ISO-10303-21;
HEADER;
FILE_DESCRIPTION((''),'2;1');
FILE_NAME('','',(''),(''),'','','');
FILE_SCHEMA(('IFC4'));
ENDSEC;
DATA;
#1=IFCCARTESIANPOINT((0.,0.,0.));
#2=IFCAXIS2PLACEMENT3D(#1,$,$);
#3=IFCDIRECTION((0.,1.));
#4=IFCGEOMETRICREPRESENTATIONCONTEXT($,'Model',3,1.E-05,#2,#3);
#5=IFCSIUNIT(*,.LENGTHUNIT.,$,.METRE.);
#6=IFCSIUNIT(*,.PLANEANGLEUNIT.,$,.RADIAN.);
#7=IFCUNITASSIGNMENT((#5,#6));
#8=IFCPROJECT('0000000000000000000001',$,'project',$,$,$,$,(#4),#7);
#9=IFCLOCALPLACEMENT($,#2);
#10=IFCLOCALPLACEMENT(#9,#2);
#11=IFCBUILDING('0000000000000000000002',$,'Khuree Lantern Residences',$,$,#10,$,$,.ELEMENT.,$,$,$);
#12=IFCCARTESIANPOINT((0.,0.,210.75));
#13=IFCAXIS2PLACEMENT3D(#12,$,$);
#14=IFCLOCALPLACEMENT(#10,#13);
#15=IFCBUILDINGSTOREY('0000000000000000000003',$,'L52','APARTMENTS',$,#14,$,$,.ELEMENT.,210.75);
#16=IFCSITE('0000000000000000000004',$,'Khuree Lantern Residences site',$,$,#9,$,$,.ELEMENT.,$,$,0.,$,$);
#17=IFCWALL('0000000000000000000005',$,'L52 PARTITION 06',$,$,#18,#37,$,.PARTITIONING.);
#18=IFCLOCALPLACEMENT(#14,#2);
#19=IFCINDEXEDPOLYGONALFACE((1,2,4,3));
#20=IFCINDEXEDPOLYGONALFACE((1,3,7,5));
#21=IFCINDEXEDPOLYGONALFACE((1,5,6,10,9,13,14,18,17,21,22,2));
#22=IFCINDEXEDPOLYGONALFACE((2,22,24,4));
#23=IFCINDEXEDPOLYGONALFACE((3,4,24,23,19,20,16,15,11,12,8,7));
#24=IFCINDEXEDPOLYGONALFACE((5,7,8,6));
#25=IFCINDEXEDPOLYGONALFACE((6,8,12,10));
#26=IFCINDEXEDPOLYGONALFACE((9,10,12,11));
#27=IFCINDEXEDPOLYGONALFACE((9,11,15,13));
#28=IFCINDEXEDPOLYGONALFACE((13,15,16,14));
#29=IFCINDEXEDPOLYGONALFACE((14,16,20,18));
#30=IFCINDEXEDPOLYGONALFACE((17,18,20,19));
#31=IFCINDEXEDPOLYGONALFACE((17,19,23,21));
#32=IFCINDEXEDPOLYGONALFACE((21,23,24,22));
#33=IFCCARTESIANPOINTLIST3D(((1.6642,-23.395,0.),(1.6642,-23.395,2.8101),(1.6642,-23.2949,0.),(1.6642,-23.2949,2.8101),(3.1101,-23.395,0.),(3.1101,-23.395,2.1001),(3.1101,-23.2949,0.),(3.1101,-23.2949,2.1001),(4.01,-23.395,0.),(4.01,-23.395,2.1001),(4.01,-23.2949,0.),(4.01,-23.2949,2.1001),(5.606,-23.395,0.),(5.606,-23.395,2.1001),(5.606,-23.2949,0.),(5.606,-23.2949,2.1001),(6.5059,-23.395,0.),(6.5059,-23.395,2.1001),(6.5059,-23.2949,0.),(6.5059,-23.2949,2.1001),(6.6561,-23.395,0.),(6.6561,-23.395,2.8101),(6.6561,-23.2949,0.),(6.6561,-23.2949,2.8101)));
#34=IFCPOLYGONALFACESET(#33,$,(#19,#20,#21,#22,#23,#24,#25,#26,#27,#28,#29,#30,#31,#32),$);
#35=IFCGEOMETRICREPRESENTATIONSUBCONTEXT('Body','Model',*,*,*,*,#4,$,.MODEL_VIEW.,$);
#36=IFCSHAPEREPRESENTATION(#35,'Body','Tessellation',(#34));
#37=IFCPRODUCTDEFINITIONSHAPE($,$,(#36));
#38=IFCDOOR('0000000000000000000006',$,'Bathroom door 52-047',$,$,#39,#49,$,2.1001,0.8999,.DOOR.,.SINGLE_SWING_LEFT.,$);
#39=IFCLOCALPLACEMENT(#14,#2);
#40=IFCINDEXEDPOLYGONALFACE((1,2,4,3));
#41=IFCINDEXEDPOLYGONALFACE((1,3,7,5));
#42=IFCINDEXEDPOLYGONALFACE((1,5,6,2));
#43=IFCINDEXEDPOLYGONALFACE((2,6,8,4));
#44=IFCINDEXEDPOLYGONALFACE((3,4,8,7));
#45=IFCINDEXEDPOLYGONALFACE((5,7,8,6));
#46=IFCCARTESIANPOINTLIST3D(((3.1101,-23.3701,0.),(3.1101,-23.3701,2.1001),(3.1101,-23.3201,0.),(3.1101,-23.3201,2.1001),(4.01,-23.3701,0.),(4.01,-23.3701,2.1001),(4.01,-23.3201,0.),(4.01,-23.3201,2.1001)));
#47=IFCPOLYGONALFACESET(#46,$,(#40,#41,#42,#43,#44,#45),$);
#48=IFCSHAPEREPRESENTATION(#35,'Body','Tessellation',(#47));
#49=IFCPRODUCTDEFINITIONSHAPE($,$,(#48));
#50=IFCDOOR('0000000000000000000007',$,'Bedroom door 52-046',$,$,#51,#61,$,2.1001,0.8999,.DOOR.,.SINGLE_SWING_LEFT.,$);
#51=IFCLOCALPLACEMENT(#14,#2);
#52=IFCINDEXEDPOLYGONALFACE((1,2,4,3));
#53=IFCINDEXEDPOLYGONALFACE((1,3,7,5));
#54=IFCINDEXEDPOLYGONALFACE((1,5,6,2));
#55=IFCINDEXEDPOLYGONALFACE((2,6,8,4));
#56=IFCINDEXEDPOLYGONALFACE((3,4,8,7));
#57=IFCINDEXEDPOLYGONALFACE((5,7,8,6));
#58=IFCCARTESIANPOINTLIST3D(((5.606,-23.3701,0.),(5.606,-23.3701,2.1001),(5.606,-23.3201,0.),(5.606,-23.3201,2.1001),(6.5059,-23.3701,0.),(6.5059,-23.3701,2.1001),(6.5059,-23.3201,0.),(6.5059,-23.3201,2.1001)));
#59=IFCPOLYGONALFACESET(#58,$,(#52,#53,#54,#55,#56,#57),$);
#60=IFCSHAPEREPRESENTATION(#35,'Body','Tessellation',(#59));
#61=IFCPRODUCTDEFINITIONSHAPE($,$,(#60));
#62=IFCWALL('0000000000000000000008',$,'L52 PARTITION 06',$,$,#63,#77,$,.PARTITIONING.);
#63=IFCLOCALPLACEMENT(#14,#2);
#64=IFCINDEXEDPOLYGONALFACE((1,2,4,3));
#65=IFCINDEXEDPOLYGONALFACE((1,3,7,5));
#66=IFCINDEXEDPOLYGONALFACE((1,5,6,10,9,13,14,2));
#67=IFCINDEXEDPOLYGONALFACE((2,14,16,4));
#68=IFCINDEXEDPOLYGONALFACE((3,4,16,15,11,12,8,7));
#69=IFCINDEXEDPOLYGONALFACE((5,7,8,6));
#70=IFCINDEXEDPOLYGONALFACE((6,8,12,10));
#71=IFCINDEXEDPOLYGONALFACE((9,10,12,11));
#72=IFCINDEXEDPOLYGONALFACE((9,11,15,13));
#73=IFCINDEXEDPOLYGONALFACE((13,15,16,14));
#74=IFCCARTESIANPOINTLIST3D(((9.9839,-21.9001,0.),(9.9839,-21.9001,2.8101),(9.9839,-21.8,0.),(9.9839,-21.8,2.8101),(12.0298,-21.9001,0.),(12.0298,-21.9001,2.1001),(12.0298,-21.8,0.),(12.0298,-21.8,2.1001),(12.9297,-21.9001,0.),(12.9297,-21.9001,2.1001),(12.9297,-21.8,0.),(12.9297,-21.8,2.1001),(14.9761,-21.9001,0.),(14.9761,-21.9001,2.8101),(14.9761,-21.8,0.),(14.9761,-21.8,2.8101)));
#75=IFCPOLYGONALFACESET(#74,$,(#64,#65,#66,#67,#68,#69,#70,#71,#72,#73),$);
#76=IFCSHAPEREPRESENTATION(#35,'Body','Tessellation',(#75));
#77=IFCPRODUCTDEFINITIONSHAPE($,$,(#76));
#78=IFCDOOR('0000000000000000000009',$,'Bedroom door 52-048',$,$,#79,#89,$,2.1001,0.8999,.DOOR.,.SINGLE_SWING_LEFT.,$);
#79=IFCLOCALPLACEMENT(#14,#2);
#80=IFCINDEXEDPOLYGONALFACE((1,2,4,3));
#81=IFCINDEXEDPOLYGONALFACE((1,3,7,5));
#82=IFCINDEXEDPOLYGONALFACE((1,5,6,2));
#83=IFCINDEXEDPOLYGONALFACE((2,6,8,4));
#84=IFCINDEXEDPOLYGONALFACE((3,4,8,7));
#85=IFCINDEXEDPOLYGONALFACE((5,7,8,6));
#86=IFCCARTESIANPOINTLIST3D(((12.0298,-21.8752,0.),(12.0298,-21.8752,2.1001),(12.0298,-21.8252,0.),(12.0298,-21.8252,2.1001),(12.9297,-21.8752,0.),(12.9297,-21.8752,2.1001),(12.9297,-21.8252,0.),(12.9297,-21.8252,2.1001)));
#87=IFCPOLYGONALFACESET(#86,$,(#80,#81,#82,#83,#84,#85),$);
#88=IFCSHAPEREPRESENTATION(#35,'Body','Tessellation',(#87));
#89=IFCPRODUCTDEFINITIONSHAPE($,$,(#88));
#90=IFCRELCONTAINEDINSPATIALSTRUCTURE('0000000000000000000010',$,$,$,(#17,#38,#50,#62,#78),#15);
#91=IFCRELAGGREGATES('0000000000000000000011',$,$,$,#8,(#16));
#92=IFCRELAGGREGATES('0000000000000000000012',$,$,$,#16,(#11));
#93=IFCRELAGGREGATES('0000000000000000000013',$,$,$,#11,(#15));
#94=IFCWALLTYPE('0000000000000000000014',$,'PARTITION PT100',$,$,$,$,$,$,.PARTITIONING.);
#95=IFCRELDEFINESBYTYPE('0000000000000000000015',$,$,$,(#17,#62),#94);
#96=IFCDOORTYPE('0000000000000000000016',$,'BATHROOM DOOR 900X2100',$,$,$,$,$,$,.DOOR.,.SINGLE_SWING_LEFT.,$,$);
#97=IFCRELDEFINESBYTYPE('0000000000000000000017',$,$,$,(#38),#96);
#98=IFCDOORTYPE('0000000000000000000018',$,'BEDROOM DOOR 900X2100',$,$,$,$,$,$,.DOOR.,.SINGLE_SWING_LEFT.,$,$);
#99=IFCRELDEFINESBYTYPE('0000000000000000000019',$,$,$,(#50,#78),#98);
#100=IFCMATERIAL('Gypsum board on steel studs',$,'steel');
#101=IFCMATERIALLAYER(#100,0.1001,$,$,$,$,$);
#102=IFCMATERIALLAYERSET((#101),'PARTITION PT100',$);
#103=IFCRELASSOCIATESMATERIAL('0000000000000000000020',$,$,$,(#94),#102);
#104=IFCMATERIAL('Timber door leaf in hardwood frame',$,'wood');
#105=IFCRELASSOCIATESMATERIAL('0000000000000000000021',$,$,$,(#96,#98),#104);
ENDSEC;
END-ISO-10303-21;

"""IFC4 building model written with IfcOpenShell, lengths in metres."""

from ifc_helpers import new_model, si_unit, direction, frame, frame_2d, origin, place, context, subcontext, project, spatial, rectangle, extrude, material, layer, layer_set, type_object, element, fill, save


model = new_model("IFC4")

# Units and contexts
model_context = context("Model", 3, precision=1e-05, world=origin(), true_north=direction((0.0, 1.0)))
body_context = subcontext(model_context, "Body", "Model", "MODEL_VIEW")
ifc_project = project(units=[si_unit("LENGTHUNIT", "METRE"), si_unit("PLANEANGLEUNIT", "RADIAN")], contexts=[model_context])

# Site, building, storey
site_placement = place(None, origin())
site = spatial("IfcSite", under=ifc_project, at=site_placement, Name="Khuree Lantern Residences site", CompositionType="ELEMENT", RefElevation=0.0)
building_placement = place(site_placement, origin())
building = spatial("IfcBuilding", under=site, at=building_placement, Name="Khuree Lantern Residences", CompositionType="ELEMENT")
storey_placement = place(building_placement, frame((0.0, 0.0, 210.75)))
storey = spatial("IfcBuildingStorey", under=building, at=storey_placement, Name="L52", Description="APARTMENTS", CompositionType="ELEMENT", Elevation=210.75)

# Shared definitions
ifc_material_1 = material(Name="Gypsum board on steel studs", Category="steel")
ifc_layer_1 = layer(ifc_material_1, 0.1001)
ifc_layer_set_1 = layer_set([ifc_layer_1], Name="PARTITION PT100")
wall_type = type_object("IfcWallType", Name="PARTITION PT100", PredefinedType="PARTITIONING", material=ifc_layer_set_1)

# Wall, openings, doors
wall_1_placement = place(storey_placement, frame((1.6641, -23.345, 0.0), z_axis=(0.0, 0.0, 1.0), x_axis=(1.0, 0.0, 0.0)))
wall_1 = element("IfcWall", 1, at=wall_1_placement, inside=storey, type_object=wall_type, Name="L52 PARTITION 06", PredefinedType="PARTITIONING", context=body_context, shape_type="SweptSolid", body=[
    extrude(rectangle(XDim=4.9919, YDim=0.1001, at=frame_2d((2.4961, 0.0))), origin(), (0.0, 0.0, 1.0), 2.8101),
])
opening_1_placement = place(wall_1_placement, frame((3.9419, 0.0, 0.0)))
opening_1 = element("IfcOpeningElement", 2, at=opening_1_placement, cuts=wall_1, PredefinedType="OPENING", context=body_context, shape_type="SweptSolid", body=[
    extrude(rectangle(XDim=0.8999, YDim=2.1001, at=frame_2d((0.45, 1.05))), frame((0.0, 0.0601, 0.0), z_axis=(0.0, -1.0, 0.0), x_axis=(1.0, 0.0, 0.0)), (0.0, 0.0, 1.0), 0.1201),
])
opening_2_placement = place(wall_1_placement, frame((1.446, 0.0, 0.0)))
opening_2 = element("IfcOpeningElement", 3, at=opening_2_placement, cuts=wall_1, PredefinedType="OPENING", context=body_context, shape_type="SweptSolid", body=[
    extrude(rectangle(XDim=0.8999, YDim=2.1001, at=frame_2d((0.45, 1.05))), frame((0.0, 0.0601, 0.0), z_axis=(0.0, -1.0, 0.0), x_axis=(1.0, 0.0, 0.0)), (0.0, 0.0, 1.0), 0.1201),
])
ifc_material_2 = material(Name="Timber door leaf in hardwood frame", Category="wood")
door_type_1 = type_object("IfcDoorType", Name="BATHROOM DOOR 900X2100", OperationType="SINGLE_SWING_LEFT", PredefinedType="DOOR", material=ifc_material_2)
door_1_placement = place(opening_2_placement, origin())
door_1 = element("IfcDoor", 4, at=door_1_placement, inside=storey, type_object=door_type_1, Name="Bathroom door 52-047", OperationType="SINGLE_SWING_LEFT", OverallHeight=2.1001, OverallWidth=0.8999, PredefinedType="DOOR", context=body_context, shape_type="SweptSolid", body=[
    extrude(rectangle(XDim=0.8999, YDim=2.1001, at=frame_2d((0.45, 1.05))), frame((0.0, 0.0249, 0.0), z_axis=(0.0, -1.0, 0.0), x_axis=(1.0, 0.0, 0.0)), (0.0, 0.0, 1.0), 0.05),
])
fill(opening_2, door_1)
door_type_2 = type_object("IfcDoorType", Name="BEDROOM DOOR 900X2100", OperationType="SINGLE_SWING_LEFT", PredefinedType="DOOR", material=ifc_material_2)
door_2_placement = place(opening_1_placement, origin())
door_2 = element("IfcDoor", 5, at=door_2_placement, inside=storey, type_object=door_type_2, Name="Bedroom door 52-046", OperationType="SINGLE_SWING_LEFT", OverallHeight=2.1001, OverallWidth=0.8999, PredefinedType="DOOR", context=body_context, shape_type="SweptSolid", body=[
    extrude(rectangle(XDim=0.8999, YDim=2.1001, at=frame_2d((0.45, 1.05))), frame((0.0, 0.0249, 0.0), z_axis=(0.0, -1.0, 0.0), x_axis=(1.0, 0.0, 0.0)), (0.0, 0.0, 1.0), 0.05),
])
fill(opening_1, door_2)

# Wall, opening, door
wall_2_placement = place(storey_placement, frame((9.9839, -21.8501, 0.0), z_axis=(0.0, 0.0, 1.0), x_axis=(1.0, 0.0, 0.0)))
wall_2 = element("IfcWall", 6, at=wall_2_placement, inside=storey, type_object=wall_type, Name="L52 PARTITION 06", PredefinedType="PARTITIONING", context=body_context, shape_type="SweptSolid", body=[
    extrude(rectangle(XDim=4.9922, YDim=0.1001, at=frame_2d((2.4961, 0.0))), origin(), (0.0, 0.0, 1.0), 2.8101),
])
opening_3_placement = place(wall_2_placement, frame((2.0459, 0.0, 0.0)))
opening_3 = element("IfcOpeningElement", 7, at=opening_3_placement, cuts=wall_2, PredefinedType="OPENING", context=body_context, shape_type="SweptSolid", body=[
    extrude(rectangle(XDim=0.8999, YDim=2.1001, at=frame_2d((0.45, 1.05))), frame((0.0, 0.0601, 0.0), z_axis=(0.0, -1.0, 0.0), x_axis=(1.0, 0.0, 0.0)), (0.0, 0.0, 1.0), 0.1201),
])
door_3_placement = place(opening_3_placement, origin())
door_3 = element("IfcDoor", 8, at=door_3_placement, inside=storey, type_object=door_type_2, Name="Bedroom door 52-048", OperationType="SINGLE_SWING_LEFT", OverallHeight=2.1001, OverallWidth=0.8999, PredefinedType="DOOR", context=body_context, shape_type="SweptSolid", body=[
    extrude(rectangle(XDim=0.8999, YDim=2.1001, at=frame_2d((0.45, 1.05))), frame((0.0, 0.0249, 0.0), z_axis=(0.0, -1.0, 0.0), x_axis=(1.0, 0.0, 0.0)), (0.0, 0.0, 1.0), 0.05),
])
fill(opening_3, door_3)

save(model, "model.ifc")
